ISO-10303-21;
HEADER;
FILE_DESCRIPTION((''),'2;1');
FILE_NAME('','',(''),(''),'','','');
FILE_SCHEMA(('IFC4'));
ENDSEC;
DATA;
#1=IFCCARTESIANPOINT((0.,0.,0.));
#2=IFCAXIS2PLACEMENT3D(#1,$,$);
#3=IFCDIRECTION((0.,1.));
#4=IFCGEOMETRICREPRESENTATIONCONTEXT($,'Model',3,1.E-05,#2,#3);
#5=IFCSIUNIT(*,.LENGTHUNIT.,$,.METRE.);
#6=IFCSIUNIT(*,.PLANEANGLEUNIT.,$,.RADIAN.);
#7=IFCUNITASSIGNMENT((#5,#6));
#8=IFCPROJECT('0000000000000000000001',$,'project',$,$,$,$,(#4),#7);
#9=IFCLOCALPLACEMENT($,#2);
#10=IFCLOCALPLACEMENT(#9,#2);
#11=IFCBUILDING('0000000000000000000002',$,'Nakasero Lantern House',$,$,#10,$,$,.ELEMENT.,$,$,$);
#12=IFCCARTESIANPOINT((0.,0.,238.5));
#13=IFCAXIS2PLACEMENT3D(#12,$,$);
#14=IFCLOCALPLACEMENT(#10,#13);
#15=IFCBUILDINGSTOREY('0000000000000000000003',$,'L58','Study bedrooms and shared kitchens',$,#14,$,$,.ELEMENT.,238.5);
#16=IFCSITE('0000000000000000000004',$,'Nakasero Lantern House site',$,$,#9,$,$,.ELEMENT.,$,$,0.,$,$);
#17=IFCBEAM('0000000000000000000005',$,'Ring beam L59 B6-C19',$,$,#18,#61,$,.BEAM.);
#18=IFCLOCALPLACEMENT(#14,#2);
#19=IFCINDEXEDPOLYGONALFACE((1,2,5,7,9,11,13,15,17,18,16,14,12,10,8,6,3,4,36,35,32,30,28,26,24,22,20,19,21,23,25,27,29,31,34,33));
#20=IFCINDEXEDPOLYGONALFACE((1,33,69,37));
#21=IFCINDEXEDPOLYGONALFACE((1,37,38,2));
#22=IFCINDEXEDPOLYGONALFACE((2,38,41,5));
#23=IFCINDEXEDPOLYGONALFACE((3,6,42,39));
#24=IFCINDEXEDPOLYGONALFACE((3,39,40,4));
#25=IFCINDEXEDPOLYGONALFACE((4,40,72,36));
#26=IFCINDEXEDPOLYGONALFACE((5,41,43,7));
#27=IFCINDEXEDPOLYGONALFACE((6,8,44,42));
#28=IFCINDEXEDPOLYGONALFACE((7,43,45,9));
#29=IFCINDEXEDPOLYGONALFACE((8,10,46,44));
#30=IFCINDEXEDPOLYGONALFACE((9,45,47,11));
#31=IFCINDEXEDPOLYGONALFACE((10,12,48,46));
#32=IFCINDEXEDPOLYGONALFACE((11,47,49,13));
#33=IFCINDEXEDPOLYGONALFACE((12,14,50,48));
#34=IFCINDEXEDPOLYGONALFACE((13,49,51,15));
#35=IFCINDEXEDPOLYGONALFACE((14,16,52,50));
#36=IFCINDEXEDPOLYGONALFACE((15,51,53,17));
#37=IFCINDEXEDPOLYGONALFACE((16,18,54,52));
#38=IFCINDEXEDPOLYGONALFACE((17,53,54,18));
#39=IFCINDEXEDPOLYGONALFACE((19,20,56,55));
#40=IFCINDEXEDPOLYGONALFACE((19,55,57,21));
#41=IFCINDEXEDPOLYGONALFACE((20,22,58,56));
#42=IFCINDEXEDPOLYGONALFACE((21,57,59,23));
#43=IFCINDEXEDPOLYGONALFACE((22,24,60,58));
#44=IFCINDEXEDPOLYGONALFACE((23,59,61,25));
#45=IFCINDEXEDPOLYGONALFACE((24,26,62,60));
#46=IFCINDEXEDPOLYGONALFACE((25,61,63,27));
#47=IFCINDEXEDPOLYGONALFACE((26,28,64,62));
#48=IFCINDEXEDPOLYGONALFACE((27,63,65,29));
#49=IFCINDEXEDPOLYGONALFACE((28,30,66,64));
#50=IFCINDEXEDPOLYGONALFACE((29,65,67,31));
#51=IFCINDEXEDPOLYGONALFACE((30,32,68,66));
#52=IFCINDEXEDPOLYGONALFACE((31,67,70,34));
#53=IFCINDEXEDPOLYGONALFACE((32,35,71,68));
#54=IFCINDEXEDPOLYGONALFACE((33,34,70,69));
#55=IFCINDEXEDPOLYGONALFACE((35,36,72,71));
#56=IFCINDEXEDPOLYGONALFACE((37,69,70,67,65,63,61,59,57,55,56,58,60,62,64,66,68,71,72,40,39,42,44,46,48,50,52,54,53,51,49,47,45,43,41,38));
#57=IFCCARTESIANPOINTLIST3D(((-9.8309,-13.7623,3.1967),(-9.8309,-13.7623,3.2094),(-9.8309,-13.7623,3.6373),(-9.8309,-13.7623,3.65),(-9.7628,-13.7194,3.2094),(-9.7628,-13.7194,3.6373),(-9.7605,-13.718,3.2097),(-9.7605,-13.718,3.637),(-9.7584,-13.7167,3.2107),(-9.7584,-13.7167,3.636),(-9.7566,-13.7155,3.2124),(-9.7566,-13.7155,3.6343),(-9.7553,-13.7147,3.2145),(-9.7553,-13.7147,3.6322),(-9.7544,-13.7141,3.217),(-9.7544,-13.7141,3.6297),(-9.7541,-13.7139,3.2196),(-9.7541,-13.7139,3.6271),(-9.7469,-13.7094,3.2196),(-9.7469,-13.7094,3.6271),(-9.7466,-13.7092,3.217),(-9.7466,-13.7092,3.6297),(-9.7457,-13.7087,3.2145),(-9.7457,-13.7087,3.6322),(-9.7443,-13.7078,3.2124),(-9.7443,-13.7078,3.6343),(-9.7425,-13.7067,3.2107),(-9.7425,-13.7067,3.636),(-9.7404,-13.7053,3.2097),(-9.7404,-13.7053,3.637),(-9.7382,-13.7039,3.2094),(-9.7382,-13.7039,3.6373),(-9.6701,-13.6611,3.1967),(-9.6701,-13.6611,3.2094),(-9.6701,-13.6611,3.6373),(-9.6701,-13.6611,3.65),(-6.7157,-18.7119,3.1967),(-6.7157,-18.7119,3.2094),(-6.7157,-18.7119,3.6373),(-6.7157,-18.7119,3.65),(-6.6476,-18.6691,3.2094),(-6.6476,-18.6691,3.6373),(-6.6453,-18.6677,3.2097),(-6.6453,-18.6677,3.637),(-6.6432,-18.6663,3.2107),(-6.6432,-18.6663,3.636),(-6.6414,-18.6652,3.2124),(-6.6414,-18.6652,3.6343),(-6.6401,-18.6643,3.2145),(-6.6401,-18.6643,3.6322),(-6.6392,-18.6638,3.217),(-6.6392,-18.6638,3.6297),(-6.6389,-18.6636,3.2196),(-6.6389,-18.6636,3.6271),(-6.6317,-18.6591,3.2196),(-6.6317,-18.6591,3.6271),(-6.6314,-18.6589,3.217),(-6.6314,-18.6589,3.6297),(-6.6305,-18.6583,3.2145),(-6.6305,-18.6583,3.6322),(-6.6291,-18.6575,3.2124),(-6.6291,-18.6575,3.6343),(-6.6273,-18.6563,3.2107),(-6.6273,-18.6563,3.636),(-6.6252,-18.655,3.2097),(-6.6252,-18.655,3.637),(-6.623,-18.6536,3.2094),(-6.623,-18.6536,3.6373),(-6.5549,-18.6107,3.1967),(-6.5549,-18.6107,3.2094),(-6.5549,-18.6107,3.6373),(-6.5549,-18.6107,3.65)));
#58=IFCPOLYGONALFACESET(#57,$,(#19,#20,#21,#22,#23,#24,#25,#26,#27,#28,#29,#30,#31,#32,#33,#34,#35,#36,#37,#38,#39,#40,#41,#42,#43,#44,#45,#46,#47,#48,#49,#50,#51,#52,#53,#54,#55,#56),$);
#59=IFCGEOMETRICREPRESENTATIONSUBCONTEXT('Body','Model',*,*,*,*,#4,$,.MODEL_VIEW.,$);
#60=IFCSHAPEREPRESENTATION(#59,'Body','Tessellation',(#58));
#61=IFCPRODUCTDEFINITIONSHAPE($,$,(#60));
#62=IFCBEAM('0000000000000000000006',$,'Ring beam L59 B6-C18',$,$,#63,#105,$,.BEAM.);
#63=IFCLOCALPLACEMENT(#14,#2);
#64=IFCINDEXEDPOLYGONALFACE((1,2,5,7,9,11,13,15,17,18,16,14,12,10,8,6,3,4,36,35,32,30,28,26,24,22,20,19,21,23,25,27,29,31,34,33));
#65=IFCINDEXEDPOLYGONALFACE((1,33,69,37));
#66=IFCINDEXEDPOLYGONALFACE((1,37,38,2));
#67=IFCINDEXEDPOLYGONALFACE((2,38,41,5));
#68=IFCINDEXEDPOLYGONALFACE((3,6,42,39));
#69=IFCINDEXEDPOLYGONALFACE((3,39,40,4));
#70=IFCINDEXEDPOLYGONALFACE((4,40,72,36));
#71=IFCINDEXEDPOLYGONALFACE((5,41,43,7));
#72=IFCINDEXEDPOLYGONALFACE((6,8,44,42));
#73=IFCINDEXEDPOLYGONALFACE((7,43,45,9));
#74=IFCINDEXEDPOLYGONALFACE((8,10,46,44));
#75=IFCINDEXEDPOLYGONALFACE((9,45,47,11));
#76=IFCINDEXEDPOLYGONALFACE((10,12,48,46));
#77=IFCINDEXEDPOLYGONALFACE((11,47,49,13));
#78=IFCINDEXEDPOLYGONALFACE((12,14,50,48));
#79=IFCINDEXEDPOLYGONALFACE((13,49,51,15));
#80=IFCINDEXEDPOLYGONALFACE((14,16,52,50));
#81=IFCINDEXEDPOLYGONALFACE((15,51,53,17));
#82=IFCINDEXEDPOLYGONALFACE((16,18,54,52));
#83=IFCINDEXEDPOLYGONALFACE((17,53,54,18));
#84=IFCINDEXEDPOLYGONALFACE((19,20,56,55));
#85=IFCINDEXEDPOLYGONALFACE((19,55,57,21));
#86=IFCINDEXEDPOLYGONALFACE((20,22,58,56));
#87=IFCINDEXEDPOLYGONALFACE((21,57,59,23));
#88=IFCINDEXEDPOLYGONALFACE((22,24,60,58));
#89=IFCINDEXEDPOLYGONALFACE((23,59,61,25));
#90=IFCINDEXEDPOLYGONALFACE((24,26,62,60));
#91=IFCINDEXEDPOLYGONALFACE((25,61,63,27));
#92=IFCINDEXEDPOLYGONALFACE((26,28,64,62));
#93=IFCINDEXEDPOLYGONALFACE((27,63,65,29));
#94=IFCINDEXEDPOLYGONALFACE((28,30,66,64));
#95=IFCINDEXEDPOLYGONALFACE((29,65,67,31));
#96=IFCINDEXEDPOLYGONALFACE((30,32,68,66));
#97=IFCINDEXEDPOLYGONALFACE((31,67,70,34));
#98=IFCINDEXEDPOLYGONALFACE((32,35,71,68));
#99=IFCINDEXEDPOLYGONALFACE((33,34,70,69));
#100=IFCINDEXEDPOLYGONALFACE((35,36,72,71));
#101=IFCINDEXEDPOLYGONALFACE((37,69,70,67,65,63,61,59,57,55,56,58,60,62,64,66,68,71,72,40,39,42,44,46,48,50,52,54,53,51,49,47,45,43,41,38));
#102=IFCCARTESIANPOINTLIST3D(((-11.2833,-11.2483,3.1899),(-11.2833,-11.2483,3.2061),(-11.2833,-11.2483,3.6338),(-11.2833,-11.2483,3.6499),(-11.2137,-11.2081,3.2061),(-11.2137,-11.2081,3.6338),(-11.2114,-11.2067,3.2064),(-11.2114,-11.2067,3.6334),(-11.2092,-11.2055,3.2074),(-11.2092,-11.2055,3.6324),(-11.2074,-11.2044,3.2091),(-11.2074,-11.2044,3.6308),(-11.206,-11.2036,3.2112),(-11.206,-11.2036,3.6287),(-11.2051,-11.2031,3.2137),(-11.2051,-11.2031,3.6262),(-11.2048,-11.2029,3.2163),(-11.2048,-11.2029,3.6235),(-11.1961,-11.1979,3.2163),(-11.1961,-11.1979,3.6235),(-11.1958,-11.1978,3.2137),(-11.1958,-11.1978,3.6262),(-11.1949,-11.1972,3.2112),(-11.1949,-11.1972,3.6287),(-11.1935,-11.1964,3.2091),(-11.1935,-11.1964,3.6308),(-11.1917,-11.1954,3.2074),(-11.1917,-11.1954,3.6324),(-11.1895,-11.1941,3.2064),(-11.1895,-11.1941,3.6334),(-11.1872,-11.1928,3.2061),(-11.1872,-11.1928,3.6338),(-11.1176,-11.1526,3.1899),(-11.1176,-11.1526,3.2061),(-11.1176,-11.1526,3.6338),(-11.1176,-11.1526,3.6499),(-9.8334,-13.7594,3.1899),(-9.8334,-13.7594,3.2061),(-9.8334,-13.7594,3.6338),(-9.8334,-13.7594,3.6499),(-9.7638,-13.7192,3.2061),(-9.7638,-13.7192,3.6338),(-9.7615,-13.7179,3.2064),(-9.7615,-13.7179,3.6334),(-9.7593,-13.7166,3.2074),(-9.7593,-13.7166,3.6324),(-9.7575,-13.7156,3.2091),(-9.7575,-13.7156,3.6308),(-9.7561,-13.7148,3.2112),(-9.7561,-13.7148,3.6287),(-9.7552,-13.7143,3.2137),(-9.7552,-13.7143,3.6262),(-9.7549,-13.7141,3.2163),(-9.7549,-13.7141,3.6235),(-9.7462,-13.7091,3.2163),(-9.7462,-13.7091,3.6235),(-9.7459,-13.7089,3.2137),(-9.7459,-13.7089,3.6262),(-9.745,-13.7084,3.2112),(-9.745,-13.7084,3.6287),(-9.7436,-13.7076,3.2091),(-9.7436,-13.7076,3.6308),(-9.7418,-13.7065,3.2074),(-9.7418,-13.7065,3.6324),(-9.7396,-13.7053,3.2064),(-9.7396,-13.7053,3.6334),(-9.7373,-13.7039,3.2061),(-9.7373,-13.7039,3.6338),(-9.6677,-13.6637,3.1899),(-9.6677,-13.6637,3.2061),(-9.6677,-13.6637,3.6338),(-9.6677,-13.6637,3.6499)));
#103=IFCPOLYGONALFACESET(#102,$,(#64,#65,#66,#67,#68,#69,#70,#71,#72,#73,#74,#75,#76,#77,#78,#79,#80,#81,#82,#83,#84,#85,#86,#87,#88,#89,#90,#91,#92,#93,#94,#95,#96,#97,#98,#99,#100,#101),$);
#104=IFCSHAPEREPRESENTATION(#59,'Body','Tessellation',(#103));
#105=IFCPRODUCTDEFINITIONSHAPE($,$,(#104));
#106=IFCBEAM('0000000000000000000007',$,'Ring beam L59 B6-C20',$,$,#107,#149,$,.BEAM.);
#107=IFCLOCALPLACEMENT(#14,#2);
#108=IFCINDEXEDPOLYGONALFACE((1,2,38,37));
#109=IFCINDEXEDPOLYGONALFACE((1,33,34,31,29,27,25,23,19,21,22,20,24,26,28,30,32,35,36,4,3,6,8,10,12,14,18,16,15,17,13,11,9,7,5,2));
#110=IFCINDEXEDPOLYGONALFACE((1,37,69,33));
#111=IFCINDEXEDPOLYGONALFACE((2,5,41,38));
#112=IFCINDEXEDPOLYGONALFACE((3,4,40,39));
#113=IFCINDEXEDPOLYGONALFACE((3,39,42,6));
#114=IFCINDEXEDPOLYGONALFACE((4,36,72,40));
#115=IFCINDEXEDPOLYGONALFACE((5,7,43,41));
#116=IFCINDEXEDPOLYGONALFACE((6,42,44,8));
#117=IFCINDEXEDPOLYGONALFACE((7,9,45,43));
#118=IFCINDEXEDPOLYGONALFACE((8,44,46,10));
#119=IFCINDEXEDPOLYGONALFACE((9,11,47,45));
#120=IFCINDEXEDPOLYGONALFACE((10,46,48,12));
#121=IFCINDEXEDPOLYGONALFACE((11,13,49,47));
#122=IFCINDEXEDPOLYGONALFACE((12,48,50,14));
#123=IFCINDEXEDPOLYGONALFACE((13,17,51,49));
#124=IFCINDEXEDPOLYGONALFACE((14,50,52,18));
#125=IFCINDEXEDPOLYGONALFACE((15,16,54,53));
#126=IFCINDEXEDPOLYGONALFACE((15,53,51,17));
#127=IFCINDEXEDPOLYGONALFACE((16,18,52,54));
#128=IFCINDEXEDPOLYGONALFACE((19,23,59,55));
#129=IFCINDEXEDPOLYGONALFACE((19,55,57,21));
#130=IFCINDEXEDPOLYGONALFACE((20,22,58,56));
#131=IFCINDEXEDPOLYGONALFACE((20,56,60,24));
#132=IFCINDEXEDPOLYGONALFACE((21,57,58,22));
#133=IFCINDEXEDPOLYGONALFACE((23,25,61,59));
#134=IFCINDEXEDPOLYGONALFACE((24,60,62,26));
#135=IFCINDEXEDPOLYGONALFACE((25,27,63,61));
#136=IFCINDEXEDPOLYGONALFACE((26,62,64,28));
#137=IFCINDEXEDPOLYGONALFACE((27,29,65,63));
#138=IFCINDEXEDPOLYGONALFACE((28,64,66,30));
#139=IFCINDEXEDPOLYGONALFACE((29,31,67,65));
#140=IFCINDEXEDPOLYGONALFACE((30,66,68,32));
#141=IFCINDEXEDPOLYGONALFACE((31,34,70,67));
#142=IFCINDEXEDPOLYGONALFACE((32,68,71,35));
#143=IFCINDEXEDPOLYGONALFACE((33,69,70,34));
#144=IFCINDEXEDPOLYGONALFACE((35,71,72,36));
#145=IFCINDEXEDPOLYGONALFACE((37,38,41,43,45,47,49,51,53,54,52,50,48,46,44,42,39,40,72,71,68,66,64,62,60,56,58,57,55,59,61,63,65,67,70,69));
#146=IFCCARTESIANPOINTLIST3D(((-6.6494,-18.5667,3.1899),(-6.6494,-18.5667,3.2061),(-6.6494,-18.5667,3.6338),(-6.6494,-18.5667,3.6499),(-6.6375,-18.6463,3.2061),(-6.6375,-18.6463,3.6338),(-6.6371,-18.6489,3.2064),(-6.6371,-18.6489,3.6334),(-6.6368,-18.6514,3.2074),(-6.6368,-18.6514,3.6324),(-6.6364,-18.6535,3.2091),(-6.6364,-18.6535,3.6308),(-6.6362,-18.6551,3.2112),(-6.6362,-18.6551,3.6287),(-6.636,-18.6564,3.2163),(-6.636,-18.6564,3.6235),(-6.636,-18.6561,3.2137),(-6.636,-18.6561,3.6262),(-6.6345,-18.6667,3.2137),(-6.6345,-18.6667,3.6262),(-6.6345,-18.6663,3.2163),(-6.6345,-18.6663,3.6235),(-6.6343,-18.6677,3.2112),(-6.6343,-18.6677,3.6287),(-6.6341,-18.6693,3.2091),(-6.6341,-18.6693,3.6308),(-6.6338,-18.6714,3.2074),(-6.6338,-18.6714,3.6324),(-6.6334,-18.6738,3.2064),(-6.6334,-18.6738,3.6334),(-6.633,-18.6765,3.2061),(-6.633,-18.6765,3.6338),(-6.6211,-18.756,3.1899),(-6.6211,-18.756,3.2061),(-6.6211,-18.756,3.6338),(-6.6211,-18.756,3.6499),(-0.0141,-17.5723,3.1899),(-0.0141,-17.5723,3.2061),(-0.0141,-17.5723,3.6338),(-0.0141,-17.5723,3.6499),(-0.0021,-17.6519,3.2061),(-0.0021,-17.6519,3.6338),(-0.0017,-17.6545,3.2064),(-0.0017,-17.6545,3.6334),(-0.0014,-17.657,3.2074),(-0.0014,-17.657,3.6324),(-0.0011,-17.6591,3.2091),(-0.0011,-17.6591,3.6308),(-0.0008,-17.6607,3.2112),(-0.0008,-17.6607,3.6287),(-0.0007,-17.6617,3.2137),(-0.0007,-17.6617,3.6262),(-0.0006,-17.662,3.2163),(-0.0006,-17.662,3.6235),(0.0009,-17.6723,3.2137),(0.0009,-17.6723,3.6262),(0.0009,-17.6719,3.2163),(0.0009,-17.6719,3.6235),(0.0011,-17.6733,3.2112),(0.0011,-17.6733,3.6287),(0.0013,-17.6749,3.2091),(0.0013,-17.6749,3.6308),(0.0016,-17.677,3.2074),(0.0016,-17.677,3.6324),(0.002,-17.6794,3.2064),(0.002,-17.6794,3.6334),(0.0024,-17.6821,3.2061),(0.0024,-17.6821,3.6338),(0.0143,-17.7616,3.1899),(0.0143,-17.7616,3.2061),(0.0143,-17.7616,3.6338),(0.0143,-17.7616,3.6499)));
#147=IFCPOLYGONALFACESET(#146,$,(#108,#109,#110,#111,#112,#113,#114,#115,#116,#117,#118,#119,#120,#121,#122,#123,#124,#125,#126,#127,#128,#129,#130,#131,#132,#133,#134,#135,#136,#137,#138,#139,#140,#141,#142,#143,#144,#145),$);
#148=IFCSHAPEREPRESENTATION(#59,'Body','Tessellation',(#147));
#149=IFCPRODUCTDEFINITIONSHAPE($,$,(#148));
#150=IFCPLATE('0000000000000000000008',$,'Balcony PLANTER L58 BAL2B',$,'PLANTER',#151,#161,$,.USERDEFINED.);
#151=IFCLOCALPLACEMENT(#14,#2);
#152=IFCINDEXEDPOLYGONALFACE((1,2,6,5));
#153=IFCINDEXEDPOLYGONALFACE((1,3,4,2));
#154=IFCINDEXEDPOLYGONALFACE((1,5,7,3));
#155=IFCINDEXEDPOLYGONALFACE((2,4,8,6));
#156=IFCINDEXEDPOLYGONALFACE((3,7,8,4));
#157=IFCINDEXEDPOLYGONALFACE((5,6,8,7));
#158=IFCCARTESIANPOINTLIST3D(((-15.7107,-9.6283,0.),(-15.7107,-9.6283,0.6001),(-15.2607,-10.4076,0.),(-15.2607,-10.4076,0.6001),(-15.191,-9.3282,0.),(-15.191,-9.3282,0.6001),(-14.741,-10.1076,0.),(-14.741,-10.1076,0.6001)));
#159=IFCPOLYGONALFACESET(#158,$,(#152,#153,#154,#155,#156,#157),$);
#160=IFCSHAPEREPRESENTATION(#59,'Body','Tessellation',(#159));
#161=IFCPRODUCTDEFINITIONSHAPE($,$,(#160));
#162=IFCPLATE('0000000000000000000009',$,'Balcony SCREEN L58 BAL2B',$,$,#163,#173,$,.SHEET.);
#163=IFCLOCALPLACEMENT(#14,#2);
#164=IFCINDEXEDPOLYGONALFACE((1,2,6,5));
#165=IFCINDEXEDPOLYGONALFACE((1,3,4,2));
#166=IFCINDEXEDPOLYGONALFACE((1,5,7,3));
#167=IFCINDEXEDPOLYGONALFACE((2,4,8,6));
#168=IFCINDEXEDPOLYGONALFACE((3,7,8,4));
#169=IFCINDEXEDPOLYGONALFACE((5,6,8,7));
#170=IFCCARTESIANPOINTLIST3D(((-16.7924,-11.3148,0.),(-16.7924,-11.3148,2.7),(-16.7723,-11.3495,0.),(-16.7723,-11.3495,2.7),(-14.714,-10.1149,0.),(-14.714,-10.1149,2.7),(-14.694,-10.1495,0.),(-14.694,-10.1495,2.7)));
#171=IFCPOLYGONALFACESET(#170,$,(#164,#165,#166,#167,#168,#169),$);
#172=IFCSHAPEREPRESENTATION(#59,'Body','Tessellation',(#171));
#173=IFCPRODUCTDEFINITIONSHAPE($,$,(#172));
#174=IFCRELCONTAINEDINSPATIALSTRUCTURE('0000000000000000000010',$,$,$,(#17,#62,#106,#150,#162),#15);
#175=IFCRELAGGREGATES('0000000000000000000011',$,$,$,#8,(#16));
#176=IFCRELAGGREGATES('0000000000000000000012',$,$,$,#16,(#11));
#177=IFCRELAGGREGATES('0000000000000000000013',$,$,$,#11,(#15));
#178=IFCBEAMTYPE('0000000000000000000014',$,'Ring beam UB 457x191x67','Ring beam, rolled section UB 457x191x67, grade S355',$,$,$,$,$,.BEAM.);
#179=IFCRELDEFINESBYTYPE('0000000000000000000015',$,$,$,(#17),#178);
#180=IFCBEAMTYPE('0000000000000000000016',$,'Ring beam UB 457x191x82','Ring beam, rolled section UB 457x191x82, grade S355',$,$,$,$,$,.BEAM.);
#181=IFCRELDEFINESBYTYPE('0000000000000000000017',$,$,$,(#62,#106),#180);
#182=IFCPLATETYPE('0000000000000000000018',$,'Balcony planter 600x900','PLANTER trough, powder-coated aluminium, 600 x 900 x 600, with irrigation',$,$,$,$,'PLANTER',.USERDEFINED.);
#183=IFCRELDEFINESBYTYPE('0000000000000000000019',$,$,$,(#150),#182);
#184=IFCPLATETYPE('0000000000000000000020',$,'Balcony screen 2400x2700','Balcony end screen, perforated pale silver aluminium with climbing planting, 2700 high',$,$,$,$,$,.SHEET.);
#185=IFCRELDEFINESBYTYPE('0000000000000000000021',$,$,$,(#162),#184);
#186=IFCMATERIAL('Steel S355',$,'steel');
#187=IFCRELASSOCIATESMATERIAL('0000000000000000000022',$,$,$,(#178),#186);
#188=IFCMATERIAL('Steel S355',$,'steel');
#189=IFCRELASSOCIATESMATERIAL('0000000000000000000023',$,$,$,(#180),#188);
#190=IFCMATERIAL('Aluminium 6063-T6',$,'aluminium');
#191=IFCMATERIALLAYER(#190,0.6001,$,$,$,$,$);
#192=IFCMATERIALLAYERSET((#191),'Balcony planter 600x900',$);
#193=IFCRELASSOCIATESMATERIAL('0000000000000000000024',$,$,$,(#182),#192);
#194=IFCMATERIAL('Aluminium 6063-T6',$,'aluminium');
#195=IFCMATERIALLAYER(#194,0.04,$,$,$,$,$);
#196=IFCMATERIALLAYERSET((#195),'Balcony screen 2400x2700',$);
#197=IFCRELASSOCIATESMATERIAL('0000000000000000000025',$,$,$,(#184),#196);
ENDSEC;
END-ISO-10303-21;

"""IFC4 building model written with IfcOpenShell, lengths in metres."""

from ifc_helpers import new_model, si_unit, direction, frame, origin, origin_2d, place, context, subcontext, project, spatial, rectangle, i_section, extrude, material, layer, layer_set, material_profile, profile_set, type_object, element, save


model = new_model("IFC4")

# Units and contexts
model_context = context("Model", 3, precision=1e-05, world=origin(), true_north=direction((0.0, 1.0)))
body_context = subcontext(model_context, "Body", "Model", "MODEL_VIEW")
ifc_project = project(units=[si_unit("LENGTHUNIT", "METRE"), si_unit("PLANEANGLEUNIT", "RADIAN")], contexts=[model_context])

# Site, building, storey
site_placement = place(None, origin())
site = spatial("IfcSite", under=ifc_project, at=site_placement, Name="Nakasero Lantern House site", CompositionType="ELEMENT", RefElevation=0.0)
building_placement = place(site_placement, origin())
building = spatial("IfcBuilding", under=site, at=building_placement, Name="Nakasero Lantern House", CompositionType="ELEMENT")
storey_placement = place(building_placement, frame((0.0, 0.0, 238.5)))
storey = spatial("IfcBuildingStorey", under=building, at=storey_placement, Name="L58", Description="Study bedrooms and shared kitchens", CompositionType="ELEMENT", Elevation=238.5)

# Beams
ifc_material_1 = material(Name="Steel S355", Category="steel")
ifc_material_profile_1 = material_profile(ifc_material_1, i_section(OverallWidth=0.1899, OverallDepth=0.4534, WebThickness=0.0085, FlangeThickness=0.0127, FilletRadius=0.0103, at=origin_2d()), Name="UB 457x191x67")
ifc_profile_set_1 = profile_set([ifc_material_profile_1], Name="Steel S355")
beam_type_1 = type_object("IfcBeamType", Name="Ring beam UB 457x191x67", Description="Ring beam, rolled section UB 457x191x67, grade S355", PredefinedType="BEAM", material=ifc_profile_set_1)
beam_1_placement = place(storey_placement, frame((-9.7505, -13.7117, 3.4233), z_axis=(0.53266, -0.846329, 0.0), x_axis=(0.846329, 0.53266, 0.0)))
element("IfcBeam", 1, at=beam_1_placement, inside=storey, type_object=beam_type_1, Name="Ring beam L59 B6-C19", PredefinedType="BEAM", context=body_context, shape_type="SweptSolid", body=[
    extrude(i_section(OverallWidth=0.1899, OverallDepth=0.4534, WebThickness=0.0085, FlangeThickness=0.0127, FilletRadius=0.0103, at=origin_2d()), origin(), (0.0, 0.0, 1.0), 5.8484),
])
ifc_material_2 = material(Name="Steel S355", Category="steel")
ifc_material_profile_2 = material_profile(ifc_material_2, i_section(OverallWidth=0.1914, OverallDepth=0.46, WebThickness=0.01, FlangeThickness=0.0161, FilletRadius=0.0103, at=origin_2d()), Name="UB 457x191x82")
ifc_profile_set_2 = profile_set([ifc_material_profile_2], Name="Steel S355")
beam_type_2 = type_object("IfcBeamType", Name="Ring beam UB 457x191x82", Description="Ring beam, rolled section UB 457x191x82, grade S355", PredefinedType="BEAM", material=ifc_profile_set_2)
beam_2_placement = place(storey_placement, frame((-11.2004, -11.2004, 3.4199), z_axis=(0.500024, -0.866012, 0.0), x_axis=(0.866012, 0.500024, 0.0)))
element("IfcBeam", 2, at=beam_2_placement, inside=storey, type_object=beam_type_2, Name="Ring beam L59 B6-C18", PredefinedType="BEAM", context=body_context, shape_type="SweptSolid", body=[
    extrude(i_section(OverallWidth=0.1914, OverallDepth=0.46, WebThickness=0.01, FlangeThickness=0.0161, FilletRadius=0.0103, at=origin_2d()), origin(), (0.0, 0.0, 1.0), 2.8997),
])
beam_3_placement = place(storey_placement, frame((-6.6353, -18.6614, 3.4199), z_axis=(0.988956, 0.148209, 0.0), x_axis=(-0.148209, 0.988956, 0.0)))
element("IfcBeam", 3, at=beam_3_placement, inside=storey, type_object=beam_type_2, Name="Ring beam L59 B6-C20", PredefinedType="BEAM", context=body_context, shape_type="SweptSolid", body=[
    extrude(i_section(OverallWidth=0.1914, OverallDepth=0.46, WebThickness=0.01, FlangeThickness=0.0161, FilletRadius=0.0103, at=origin_2d()), origin(), (0.0, 0.0, 1.0), 6.7095),
])

# Plates
ifc_material_3 = material(Name="Aluminium 6063-T6", Category="aluminium")
ifc_layer_1 = layer(ifc_material_3, 0.6001)
ifc_layer_set_1 = layer_set([ifc_layer_1], Name="Balcony planter 600x900")
plate_type_1 = type_object("IfcPlateType", Name="Balcony planter 600x900", Description="PLANTER trough, powder-coated aluminium, 600 x 900 x 600, with irrigation", ElementType="PLANTER", PredefinedType="USERDEFINED", material=ifc_layer_set_1)
plate_1_placement = place(storey_placement, frame((-15.2258, -9.8679, 0.0), z_axis=(0.0, 0.0, 1.0), x_axis=(-0.866025, -0.5, 0.0)))
element("IfcPlate", 4, at=plate_1_placement, inside=storey, type_object=plate_type_1, Name="Balcony PLANTER L58 BAL2B", ObjectType="PLANTER", PredefinedType="USERDEFINED", context=body_context, shape_type="SweptSolid", body=[
    extrude(rectangle(XDim=0.6001, YDim=0.8999, at=origin_2d()), origin(), (0.0, 0.0, 1.0), 0.6001),
])
ifc_material_4 = material(Name="Aluminium 6063-T6", Category="aluminium")
ifc_layer_2 = layer(ifc_material_4, 0.04)
ifc_layer_set_2 = layer_set([ifc_layer_2], Name="Balcony screen 2400x2700")
plate_type_2 = type_object("IfcPlateType", Name="Balcony screen 2400x2700", Description="Balcony end screen, perforated pale silver aluminium with climbing planting, 2700 high", PredefinedType="SHEET", material=ifc_layer_set_2)
plate_2_placement = place(storey_placement, frame((-15.7432, -10.7322, 0.0), z_axis=(0.0, 0.0, 1.0), x_axis=(-0.866025, -0.5, 0.0)))
element("IfcPlate", 5, at=plate_2_placement, inside=storey, type_object=plate_type_2, Name="Balcony SCREEN L58 BAL2B", PredefinedType="SHEET", context=body_context, shape_type="SweptSolid", body=[
    extrude(rectangle(XDim=2.3999, YDim=0.04, at=origin_2d()), origin(), (0.0, 0.0, 1.0), 2.7),
])

save(model, "model.ifc")
